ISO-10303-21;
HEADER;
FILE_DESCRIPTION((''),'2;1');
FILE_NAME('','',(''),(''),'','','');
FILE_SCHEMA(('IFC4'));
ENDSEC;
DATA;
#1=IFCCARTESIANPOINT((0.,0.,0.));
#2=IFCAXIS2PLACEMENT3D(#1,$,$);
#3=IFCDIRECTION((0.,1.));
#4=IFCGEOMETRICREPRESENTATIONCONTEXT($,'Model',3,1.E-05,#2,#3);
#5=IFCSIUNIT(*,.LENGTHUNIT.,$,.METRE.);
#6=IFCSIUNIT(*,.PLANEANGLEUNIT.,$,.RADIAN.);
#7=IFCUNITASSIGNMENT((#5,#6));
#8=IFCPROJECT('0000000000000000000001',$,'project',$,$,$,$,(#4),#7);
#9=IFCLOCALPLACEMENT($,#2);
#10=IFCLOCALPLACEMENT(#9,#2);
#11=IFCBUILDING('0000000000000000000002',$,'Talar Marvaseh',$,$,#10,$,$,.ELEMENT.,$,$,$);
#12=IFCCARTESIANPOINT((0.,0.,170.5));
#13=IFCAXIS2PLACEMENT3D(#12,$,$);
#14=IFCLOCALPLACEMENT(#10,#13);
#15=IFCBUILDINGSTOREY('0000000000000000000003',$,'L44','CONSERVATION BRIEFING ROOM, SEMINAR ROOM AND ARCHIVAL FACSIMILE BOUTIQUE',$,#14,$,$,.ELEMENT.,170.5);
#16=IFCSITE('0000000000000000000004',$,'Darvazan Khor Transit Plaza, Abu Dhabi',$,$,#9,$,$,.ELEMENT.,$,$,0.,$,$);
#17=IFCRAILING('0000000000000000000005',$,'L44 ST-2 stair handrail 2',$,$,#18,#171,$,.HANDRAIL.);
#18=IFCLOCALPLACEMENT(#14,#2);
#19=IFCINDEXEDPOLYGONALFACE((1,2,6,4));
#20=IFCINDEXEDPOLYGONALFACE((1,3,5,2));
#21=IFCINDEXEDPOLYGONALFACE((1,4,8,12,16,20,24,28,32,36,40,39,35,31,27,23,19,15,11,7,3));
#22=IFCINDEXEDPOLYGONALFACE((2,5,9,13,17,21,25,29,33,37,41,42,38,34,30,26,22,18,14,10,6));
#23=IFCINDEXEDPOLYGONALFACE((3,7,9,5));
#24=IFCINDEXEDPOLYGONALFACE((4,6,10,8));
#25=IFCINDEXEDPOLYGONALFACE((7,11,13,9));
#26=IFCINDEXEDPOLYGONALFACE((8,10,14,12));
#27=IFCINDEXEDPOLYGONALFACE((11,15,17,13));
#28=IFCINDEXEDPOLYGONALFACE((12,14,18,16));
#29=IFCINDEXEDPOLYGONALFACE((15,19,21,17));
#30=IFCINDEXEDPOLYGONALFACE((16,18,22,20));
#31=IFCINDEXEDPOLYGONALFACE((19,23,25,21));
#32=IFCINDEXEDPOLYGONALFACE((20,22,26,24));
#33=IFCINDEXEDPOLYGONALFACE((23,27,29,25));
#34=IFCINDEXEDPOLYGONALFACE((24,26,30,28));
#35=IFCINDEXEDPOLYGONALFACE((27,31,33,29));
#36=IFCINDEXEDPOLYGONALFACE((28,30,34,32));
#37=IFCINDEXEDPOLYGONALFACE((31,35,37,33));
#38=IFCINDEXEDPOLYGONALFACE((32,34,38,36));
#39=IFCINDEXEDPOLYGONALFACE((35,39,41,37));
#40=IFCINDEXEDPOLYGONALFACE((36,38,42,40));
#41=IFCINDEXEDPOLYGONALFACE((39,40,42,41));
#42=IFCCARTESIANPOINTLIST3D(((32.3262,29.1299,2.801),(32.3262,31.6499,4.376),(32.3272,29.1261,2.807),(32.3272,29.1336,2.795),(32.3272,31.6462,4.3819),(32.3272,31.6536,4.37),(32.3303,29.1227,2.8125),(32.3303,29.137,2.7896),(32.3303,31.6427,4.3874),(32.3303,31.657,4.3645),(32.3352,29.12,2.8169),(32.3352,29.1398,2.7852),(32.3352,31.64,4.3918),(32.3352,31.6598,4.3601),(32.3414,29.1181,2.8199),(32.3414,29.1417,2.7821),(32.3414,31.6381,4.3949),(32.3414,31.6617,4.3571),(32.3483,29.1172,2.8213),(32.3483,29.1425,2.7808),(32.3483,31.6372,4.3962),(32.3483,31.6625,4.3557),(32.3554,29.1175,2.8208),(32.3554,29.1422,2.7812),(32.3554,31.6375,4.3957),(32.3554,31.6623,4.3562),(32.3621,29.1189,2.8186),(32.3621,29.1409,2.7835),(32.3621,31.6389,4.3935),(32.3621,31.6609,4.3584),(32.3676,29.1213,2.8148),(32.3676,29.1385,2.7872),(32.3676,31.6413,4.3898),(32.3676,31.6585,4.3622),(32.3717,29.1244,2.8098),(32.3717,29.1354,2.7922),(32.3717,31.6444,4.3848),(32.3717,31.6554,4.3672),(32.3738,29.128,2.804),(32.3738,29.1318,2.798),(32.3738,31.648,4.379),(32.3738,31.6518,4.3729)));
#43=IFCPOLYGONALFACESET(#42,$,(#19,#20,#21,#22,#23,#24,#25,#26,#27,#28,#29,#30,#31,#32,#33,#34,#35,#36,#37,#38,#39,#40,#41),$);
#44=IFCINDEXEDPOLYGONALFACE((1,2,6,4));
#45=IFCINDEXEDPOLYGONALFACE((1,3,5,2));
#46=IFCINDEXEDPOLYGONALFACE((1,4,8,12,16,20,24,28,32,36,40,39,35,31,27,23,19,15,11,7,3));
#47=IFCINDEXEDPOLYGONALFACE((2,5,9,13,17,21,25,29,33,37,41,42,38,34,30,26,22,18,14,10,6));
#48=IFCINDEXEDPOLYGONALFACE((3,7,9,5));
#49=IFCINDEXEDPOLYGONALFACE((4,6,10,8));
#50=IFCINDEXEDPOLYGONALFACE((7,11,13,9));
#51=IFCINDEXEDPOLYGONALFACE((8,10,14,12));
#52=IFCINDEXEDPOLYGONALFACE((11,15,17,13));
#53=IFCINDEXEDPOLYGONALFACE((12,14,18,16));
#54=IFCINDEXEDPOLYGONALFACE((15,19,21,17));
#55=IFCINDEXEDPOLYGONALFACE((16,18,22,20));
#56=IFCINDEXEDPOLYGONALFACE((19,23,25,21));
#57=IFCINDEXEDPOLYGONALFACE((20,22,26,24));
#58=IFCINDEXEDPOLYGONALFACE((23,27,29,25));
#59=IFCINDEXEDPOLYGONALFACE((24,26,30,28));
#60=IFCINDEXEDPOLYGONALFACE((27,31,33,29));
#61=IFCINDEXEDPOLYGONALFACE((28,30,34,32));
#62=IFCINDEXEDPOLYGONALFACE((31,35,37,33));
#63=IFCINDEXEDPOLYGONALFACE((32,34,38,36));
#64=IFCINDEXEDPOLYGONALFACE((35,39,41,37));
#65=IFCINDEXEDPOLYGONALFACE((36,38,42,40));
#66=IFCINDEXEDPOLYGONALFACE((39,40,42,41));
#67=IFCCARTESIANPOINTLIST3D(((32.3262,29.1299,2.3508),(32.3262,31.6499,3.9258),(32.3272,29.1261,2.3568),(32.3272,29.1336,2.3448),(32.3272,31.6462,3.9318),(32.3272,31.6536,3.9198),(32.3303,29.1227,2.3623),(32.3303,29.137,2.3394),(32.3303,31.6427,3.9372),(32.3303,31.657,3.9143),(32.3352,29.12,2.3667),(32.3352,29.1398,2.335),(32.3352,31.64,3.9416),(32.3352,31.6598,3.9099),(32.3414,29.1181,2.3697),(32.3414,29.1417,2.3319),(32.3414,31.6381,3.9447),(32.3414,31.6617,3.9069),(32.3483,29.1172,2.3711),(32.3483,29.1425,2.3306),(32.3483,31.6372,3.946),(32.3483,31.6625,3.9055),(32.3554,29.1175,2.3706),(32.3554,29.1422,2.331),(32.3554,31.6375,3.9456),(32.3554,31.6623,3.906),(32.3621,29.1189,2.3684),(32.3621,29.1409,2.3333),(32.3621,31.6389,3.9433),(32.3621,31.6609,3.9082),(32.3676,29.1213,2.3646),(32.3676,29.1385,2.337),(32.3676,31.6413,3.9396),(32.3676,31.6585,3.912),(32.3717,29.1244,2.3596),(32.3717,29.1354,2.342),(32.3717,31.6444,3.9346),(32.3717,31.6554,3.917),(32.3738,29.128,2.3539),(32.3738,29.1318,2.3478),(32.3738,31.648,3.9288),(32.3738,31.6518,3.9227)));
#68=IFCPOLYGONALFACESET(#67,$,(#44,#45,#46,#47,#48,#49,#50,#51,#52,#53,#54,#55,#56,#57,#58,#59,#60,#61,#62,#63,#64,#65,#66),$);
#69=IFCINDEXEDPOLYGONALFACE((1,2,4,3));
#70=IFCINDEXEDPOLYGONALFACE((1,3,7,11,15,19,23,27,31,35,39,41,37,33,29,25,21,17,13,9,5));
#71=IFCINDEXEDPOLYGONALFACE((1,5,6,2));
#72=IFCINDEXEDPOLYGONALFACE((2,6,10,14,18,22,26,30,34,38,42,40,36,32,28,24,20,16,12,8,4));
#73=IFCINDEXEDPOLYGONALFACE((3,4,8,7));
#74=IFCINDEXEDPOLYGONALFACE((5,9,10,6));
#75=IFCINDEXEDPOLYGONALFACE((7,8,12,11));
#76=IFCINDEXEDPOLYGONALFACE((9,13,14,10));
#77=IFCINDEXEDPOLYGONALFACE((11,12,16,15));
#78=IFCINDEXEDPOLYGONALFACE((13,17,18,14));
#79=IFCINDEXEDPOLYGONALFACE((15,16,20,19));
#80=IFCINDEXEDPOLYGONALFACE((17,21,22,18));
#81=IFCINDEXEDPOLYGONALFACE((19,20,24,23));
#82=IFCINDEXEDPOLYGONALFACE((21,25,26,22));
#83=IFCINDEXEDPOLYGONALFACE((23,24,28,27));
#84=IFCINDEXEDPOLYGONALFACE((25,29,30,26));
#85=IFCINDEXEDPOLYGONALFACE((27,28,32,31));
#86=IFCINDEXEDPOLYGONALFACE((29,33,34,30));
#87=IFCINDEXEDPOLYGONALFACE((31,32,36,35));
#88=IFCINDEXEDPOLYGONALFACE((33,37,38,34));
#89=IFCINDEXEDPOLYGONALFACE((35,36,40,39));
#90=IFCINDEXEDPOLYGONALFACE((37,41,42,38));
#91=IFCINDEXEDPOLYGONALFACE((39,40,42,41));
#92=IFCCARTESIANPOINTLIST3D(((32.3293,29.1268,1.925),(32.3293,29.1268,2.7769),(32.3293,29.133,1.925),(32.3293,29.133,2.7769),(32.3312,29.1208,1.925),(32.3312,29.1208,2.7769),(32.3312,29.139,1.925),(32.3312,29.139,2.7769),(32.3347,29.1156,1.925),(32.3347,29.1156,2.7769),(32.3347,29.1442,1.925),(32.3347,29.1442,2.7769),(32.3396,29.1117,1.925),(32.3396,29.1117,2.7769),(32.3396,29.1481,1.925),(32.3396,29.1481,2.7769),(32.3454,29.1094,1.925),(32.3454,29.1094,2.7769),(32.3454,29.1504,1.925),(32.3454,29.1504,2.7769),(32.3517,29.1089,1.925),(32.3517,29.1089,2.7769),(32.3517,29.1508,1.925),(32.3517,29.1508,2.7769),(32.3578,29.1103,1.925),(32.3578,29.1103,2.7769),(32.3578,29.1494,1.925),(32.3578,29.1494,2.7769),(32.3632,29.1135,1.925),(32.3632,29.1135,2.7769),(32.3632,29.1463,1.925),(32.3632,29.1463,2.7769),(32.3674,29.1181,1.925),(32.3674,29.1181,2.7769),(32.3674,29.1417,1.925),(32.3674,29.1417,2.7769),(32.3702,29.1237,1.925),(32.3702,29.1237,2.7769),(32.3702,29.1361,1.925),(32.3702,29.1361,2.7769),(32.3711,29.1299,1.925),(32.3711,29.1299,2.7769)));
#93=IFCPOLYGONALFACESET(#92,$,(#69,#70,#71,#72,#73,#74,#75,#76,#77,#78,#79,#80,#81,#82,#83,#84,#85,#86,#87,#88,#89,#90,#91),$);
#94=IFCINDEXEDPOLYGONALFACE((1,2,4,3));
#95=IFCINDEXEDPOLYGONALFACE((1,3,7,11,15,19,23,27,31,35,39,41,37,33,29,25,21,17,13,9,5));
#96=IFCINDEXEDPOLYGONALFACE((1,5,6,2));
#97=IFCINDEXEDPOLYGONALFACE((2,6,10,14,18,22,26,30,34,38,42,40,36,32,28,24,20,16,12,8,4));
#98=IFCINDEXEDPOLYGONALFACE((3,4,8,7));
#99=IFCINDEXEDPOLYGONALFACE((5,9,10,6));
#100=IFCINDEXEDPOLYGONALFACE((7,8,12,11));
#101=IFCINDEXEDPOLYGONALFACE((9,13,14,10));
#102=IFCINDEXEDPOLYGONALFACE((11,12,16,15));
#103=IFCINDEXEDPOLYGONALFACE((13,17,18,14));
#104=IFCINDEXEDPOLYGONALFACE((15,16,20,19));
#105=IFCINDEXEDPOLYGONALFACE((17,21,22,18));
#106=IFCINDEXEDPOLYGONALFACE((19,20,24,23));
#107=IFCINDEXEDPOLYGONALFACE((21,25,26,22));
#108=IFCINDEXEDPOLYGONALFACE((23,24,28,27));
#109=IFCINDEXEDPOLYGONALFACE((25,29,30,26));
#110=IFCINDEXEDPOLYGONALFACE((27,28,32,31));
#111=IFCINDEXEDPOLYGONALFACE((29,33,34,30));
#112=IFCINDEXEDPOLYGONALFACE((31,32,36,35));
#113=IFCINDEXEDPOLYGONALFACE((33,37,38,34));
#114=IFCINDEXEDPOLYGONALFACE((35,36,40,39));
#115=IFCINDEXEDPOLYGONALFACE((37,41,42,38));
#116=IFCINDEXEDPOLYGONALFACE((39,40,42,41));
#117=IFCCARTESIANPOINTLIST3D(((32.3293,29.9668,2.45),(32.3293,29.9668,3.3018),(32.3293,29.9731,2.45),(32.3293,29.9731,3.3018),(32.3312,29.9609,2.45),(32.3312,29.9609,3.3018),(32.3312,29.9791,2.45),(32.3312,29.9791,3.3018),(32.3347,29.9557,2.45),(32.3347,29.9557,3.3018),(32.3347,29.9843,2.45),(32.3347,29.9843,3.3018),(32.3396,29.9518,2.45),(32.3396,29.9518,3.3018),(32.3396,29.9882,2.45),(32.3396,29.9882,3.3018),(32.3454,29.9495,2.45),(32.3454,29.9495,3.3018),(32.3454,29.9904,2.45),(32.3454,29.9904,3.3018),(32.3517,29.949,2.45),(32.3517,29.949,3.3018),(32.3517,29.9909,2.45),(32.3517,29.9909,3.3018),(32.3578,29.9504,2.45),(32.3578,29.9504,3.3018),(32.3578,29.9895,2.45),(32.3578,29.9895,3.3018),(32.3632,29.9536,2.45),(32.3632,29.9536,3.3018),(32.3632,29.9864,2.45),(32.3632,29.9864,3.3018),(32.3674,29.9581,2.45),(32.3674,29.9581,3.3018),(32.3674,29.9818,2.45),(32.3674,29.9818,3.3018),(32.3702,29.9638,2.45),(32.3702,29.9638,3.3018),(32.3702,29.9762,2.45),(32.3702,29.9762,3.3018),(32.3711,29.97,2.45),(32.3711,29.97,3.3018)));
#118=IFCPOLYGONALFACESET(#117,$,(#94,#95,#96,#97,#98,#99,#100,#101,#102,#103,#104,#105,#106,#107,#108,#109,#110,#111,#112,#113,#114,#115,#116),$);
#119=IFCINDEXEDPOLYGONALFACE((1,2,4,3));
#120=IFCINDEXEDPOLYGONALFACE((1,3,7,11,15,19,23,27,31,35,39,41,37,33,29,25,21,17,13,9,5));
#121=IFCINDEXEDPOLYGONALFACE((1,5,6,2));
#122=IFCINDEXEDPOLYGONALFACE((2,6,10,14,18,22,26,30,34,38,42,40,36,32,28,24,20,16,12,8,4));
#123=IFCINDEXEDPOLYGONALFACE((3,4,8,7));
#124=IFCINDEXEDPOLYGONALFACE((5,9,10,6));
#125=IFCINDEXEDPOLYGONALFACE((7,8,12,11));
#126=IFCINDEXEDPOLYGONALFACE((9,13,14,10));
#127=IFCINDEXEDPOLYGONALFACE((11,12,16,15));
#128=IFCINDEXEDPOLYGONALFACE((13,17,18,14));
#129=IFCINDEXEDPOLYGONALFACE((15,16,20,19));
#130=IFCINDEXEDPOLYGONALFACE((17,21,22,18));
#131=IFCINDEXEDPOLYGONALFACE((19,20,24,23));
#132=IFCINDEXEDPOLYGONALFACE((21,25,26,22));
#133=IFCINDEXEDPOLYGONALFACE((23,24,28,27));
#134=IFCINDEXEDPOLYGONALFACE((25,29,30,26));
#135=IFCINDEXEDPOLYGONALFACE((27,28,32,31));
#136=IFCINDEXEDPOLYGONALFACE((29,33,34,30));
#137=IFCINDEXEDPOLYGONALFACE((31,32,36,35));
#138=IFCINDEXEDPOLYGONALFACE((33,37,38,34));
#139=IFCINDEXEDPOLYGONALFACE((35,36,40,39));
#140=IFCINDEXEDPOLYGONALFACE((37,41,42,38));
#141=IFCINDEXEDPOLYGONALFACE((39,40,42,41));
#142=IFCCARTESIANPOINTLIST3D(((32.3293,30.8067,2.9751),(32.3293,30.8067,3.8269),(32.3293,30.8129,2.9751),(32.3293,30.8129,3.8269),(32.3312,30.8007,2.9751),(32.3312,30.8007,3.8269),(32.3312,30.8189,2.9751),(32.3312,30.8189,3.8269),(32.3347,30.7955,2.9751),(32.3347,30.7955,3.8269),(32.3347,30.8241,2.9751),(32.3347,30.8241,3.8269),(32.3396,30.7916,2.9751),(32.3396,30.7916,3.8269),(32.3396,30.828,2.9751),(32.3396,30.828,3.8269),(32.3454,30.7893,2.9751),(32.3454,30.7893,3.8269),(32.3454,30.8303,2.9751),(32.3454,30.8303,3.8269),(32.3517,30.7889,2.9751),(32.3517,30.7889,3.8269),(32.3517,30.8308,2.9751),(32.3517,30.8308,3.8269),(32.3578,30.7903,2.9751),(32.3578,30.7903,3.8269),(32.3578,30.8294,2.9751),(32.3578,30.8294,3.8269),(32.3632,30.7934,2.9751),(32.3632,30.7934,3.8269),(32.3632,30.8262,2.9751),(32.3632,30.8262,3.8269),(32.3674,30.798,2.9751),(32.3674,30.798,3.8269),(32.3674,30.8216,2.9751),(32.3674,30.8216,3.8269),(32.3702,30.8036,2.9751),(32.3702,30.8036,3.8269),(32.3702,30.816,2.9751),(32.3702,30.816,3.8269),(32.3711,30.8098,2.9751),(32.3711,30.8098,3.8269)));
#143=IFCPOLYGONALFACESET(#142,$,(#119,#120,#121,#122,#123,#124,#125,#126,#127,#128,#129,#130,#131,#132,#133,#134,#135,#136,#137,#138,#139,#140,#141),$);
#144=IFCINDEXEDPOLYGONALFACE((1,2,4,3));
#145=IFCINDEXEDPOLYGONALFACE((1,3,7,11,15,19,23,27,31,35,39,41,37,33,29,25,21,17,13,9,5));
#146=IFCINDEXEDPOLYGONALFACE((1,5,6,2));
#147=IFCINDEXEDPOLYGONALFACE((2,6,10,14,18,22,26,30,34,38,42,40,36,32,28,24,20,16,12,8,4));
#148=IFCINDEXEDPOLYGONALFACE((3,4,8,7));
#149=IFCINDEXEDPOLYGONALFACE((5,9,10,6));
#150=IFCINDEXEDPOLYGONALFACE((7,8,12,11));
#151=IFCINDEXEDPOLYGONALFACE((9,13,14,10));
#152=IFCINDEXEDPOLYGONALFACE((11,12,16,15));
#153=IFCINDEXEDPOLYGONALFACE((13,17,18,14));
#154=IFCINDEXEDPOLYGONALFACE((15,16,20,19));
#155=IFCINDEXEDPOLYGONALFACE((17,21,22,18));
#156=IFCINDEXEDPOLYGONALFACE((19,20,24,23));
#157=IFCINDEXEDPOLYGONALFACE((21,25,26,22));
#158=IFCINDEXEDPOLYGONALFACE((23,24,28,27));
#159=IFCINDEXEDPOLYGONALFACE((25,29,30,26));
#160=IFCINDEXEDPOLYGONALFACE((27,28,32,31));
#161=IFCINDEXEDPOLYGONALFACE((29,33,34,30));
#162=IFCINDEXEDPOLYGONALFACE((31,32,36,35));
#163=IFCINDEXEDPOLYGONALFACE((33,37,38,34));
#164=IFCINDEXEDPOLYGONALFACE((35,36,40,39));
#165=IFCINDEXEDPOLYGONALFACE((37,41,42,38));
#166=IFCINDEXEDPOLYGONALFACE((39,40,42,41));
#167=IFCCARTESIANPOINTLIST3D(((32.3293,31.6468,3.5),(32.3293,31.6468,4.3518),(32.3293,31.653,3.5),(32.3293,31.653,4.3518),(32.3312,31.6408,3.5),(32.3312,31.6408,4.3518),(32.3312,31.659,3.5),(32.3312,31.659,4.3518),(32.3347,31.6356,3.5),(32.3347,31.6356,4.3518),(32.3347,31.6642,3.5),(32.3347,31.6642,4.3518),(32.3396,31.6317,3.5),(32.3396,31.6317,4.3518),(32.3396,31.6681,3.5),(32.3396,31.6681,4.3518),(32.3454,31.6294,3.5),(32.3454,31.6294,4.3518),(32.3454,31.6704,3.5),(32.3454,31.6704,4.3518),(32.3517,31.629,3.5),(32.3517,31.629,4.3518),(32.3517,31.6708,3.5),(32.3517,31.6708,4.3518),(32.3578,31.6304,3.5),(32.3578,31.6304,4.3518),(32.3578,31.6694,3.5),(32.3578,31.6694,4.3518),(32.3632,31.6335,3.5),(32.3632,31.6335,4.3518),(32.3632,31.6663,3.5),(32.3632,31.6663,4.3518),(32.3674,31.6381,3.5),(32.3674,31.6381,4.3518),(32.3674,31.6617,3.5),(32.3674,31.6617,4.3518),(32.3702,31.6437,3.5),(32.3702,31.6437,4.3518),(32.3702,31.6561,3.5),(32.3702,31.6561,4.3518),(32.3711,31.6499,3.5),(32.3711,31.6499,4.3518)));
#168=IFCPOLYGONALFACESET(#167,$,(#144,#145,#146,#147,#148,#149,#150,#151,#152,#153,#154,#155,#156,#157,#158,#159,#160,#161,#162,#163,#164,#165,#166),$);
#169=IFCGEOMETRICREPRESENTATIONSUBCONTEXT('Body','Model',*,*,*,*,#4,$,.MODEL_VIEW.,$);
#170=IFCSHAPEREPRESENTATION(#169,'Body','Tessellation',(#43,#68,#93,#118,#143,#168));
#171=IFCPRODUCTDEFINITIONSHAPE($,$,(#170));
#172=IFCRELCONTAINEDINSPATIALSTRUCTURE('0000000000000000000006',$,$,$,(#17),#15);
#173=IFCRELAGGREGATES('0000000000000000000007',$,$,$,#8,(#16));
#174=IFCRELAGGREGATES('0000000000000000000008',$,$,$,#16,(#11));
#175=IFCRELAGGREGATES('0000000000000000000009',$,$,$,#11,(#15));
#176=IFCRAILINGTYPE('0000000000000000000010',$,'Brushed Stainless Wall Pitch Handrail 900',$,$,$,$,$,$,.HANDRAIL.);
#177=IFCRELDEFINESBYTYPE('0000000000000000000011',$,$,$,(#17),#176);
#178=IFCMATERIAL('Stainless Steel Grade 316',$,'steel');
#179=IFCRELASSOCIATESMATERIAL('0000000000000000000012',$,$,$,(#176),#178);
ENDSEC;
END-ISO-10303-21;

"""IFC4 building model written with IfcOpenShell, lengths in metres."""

from ifc_helpers import new_model, si_unit, direction, frame, origin, origin_2d, place, context, subcontext, project, spatial, circle, extrude, material, type_object, element, save


model = new_model("IFC4")

# Units and contexts
model_context = context("Model", 3, precision=1e-05, world=origin(), true_north=direction((0.0, 1.0)))
body_context = subcontext(model_context, "Body", "Model", "MODEL_VIEW")
ifc_project = project(units=[si_unit("LENGTHUNIT", "METRE"), si_unit("PLANEANGLEUNIT", "RADIAN")], contexts=[model_context])

# Site, building, storey
site_placement = place(None, origin())
site = spatial("IfcSite", under=ifc_project, at=site_placement, Name="Darvazan Khor Transit Plaza, Abu Dhabi", CompositionType="ELEMENT", RefElevation=0.0)
building_placement = place(site_placement, origin())
building = spatial("IfcBuilding", under=site, at=building_placement, Name="Talar Marvaseh", CompositionType="ELEMENT")
storey_placement = place(building_placement, frame((0.0, 0.0, 170.5)))
storey = spatial("IfcBuildingStorey", under=building, at=storey_placement, Name="L44", Description="CONSERVATION BRIEFING ROOM, SEMINAR ROOM AND ARCHIVAL FACSIMILE BOUTIQUE", CompositionType="ELEMENT", Elevation=170.5)

# Shared definitions
ifc_material_1 = material(Name="Stainless Steel Grade 316", Category="steel")

# Railing
railing_type_1 = type_object("IfcRailingType", Name="Brushed Stainless Wall Pitch Handrail 900", PredefinedType="HANDRAIL", material=ifc_material_1)
railing_1_placement = place(storey_placement, frame((32.3501, 29.1299, 1.925)))
element("IfcRailing", 1, at=railing_1_placement, inside=storey, type_object=railing_type_1, Name="L44 ST-2 stair handrail 2", PredefinedType="HANDRAIL", context=body_context, shape_type="SweptSolid", body=[
    extrude(circle(Radius=0.0239, at=origin_2d()), frame((0.0, 0.0, 0.876), z_axis=(0.0, 0.848008, 0.529984), x_axis=(-1.0, 0.0, 0.0)), (0.0, 0.0, 1.0), 2.9717),
    extrude(circle(Radius=0.0239, at=origin_2d()), frame((0.0, 0.0, 0.4258), z_axis=(0.0, 0.848008, 0.529984), x_axis=(-1.0, 0.0, 0.0)), (0.0, 0.0, 1.0), 2.9717),
    extrude(circle(Radius=0.021, at=origin_2d()), origin(), (0.0, 0.0, 1.0), 0.8518),
    extrude(circle(Radius=0.021, at=origin_2d()), frame((0.0, 0.8401, 0.5249)), (0.0, 0.0, 1.0), 0.8518),
    extrude(circle(Radius=0.021, at=origin_2d()), frame((0.0, 1.6799, 1.05)), (0.0, 0.0, 1.0), 0.8518),
    extrude(circle(Radius=0.021, at=origin_2d()), frame((0.0, 2.52, 1.575)), (0.0, 0.0, 1.0), 0.8518),
])

save(model, "model.ifc")
